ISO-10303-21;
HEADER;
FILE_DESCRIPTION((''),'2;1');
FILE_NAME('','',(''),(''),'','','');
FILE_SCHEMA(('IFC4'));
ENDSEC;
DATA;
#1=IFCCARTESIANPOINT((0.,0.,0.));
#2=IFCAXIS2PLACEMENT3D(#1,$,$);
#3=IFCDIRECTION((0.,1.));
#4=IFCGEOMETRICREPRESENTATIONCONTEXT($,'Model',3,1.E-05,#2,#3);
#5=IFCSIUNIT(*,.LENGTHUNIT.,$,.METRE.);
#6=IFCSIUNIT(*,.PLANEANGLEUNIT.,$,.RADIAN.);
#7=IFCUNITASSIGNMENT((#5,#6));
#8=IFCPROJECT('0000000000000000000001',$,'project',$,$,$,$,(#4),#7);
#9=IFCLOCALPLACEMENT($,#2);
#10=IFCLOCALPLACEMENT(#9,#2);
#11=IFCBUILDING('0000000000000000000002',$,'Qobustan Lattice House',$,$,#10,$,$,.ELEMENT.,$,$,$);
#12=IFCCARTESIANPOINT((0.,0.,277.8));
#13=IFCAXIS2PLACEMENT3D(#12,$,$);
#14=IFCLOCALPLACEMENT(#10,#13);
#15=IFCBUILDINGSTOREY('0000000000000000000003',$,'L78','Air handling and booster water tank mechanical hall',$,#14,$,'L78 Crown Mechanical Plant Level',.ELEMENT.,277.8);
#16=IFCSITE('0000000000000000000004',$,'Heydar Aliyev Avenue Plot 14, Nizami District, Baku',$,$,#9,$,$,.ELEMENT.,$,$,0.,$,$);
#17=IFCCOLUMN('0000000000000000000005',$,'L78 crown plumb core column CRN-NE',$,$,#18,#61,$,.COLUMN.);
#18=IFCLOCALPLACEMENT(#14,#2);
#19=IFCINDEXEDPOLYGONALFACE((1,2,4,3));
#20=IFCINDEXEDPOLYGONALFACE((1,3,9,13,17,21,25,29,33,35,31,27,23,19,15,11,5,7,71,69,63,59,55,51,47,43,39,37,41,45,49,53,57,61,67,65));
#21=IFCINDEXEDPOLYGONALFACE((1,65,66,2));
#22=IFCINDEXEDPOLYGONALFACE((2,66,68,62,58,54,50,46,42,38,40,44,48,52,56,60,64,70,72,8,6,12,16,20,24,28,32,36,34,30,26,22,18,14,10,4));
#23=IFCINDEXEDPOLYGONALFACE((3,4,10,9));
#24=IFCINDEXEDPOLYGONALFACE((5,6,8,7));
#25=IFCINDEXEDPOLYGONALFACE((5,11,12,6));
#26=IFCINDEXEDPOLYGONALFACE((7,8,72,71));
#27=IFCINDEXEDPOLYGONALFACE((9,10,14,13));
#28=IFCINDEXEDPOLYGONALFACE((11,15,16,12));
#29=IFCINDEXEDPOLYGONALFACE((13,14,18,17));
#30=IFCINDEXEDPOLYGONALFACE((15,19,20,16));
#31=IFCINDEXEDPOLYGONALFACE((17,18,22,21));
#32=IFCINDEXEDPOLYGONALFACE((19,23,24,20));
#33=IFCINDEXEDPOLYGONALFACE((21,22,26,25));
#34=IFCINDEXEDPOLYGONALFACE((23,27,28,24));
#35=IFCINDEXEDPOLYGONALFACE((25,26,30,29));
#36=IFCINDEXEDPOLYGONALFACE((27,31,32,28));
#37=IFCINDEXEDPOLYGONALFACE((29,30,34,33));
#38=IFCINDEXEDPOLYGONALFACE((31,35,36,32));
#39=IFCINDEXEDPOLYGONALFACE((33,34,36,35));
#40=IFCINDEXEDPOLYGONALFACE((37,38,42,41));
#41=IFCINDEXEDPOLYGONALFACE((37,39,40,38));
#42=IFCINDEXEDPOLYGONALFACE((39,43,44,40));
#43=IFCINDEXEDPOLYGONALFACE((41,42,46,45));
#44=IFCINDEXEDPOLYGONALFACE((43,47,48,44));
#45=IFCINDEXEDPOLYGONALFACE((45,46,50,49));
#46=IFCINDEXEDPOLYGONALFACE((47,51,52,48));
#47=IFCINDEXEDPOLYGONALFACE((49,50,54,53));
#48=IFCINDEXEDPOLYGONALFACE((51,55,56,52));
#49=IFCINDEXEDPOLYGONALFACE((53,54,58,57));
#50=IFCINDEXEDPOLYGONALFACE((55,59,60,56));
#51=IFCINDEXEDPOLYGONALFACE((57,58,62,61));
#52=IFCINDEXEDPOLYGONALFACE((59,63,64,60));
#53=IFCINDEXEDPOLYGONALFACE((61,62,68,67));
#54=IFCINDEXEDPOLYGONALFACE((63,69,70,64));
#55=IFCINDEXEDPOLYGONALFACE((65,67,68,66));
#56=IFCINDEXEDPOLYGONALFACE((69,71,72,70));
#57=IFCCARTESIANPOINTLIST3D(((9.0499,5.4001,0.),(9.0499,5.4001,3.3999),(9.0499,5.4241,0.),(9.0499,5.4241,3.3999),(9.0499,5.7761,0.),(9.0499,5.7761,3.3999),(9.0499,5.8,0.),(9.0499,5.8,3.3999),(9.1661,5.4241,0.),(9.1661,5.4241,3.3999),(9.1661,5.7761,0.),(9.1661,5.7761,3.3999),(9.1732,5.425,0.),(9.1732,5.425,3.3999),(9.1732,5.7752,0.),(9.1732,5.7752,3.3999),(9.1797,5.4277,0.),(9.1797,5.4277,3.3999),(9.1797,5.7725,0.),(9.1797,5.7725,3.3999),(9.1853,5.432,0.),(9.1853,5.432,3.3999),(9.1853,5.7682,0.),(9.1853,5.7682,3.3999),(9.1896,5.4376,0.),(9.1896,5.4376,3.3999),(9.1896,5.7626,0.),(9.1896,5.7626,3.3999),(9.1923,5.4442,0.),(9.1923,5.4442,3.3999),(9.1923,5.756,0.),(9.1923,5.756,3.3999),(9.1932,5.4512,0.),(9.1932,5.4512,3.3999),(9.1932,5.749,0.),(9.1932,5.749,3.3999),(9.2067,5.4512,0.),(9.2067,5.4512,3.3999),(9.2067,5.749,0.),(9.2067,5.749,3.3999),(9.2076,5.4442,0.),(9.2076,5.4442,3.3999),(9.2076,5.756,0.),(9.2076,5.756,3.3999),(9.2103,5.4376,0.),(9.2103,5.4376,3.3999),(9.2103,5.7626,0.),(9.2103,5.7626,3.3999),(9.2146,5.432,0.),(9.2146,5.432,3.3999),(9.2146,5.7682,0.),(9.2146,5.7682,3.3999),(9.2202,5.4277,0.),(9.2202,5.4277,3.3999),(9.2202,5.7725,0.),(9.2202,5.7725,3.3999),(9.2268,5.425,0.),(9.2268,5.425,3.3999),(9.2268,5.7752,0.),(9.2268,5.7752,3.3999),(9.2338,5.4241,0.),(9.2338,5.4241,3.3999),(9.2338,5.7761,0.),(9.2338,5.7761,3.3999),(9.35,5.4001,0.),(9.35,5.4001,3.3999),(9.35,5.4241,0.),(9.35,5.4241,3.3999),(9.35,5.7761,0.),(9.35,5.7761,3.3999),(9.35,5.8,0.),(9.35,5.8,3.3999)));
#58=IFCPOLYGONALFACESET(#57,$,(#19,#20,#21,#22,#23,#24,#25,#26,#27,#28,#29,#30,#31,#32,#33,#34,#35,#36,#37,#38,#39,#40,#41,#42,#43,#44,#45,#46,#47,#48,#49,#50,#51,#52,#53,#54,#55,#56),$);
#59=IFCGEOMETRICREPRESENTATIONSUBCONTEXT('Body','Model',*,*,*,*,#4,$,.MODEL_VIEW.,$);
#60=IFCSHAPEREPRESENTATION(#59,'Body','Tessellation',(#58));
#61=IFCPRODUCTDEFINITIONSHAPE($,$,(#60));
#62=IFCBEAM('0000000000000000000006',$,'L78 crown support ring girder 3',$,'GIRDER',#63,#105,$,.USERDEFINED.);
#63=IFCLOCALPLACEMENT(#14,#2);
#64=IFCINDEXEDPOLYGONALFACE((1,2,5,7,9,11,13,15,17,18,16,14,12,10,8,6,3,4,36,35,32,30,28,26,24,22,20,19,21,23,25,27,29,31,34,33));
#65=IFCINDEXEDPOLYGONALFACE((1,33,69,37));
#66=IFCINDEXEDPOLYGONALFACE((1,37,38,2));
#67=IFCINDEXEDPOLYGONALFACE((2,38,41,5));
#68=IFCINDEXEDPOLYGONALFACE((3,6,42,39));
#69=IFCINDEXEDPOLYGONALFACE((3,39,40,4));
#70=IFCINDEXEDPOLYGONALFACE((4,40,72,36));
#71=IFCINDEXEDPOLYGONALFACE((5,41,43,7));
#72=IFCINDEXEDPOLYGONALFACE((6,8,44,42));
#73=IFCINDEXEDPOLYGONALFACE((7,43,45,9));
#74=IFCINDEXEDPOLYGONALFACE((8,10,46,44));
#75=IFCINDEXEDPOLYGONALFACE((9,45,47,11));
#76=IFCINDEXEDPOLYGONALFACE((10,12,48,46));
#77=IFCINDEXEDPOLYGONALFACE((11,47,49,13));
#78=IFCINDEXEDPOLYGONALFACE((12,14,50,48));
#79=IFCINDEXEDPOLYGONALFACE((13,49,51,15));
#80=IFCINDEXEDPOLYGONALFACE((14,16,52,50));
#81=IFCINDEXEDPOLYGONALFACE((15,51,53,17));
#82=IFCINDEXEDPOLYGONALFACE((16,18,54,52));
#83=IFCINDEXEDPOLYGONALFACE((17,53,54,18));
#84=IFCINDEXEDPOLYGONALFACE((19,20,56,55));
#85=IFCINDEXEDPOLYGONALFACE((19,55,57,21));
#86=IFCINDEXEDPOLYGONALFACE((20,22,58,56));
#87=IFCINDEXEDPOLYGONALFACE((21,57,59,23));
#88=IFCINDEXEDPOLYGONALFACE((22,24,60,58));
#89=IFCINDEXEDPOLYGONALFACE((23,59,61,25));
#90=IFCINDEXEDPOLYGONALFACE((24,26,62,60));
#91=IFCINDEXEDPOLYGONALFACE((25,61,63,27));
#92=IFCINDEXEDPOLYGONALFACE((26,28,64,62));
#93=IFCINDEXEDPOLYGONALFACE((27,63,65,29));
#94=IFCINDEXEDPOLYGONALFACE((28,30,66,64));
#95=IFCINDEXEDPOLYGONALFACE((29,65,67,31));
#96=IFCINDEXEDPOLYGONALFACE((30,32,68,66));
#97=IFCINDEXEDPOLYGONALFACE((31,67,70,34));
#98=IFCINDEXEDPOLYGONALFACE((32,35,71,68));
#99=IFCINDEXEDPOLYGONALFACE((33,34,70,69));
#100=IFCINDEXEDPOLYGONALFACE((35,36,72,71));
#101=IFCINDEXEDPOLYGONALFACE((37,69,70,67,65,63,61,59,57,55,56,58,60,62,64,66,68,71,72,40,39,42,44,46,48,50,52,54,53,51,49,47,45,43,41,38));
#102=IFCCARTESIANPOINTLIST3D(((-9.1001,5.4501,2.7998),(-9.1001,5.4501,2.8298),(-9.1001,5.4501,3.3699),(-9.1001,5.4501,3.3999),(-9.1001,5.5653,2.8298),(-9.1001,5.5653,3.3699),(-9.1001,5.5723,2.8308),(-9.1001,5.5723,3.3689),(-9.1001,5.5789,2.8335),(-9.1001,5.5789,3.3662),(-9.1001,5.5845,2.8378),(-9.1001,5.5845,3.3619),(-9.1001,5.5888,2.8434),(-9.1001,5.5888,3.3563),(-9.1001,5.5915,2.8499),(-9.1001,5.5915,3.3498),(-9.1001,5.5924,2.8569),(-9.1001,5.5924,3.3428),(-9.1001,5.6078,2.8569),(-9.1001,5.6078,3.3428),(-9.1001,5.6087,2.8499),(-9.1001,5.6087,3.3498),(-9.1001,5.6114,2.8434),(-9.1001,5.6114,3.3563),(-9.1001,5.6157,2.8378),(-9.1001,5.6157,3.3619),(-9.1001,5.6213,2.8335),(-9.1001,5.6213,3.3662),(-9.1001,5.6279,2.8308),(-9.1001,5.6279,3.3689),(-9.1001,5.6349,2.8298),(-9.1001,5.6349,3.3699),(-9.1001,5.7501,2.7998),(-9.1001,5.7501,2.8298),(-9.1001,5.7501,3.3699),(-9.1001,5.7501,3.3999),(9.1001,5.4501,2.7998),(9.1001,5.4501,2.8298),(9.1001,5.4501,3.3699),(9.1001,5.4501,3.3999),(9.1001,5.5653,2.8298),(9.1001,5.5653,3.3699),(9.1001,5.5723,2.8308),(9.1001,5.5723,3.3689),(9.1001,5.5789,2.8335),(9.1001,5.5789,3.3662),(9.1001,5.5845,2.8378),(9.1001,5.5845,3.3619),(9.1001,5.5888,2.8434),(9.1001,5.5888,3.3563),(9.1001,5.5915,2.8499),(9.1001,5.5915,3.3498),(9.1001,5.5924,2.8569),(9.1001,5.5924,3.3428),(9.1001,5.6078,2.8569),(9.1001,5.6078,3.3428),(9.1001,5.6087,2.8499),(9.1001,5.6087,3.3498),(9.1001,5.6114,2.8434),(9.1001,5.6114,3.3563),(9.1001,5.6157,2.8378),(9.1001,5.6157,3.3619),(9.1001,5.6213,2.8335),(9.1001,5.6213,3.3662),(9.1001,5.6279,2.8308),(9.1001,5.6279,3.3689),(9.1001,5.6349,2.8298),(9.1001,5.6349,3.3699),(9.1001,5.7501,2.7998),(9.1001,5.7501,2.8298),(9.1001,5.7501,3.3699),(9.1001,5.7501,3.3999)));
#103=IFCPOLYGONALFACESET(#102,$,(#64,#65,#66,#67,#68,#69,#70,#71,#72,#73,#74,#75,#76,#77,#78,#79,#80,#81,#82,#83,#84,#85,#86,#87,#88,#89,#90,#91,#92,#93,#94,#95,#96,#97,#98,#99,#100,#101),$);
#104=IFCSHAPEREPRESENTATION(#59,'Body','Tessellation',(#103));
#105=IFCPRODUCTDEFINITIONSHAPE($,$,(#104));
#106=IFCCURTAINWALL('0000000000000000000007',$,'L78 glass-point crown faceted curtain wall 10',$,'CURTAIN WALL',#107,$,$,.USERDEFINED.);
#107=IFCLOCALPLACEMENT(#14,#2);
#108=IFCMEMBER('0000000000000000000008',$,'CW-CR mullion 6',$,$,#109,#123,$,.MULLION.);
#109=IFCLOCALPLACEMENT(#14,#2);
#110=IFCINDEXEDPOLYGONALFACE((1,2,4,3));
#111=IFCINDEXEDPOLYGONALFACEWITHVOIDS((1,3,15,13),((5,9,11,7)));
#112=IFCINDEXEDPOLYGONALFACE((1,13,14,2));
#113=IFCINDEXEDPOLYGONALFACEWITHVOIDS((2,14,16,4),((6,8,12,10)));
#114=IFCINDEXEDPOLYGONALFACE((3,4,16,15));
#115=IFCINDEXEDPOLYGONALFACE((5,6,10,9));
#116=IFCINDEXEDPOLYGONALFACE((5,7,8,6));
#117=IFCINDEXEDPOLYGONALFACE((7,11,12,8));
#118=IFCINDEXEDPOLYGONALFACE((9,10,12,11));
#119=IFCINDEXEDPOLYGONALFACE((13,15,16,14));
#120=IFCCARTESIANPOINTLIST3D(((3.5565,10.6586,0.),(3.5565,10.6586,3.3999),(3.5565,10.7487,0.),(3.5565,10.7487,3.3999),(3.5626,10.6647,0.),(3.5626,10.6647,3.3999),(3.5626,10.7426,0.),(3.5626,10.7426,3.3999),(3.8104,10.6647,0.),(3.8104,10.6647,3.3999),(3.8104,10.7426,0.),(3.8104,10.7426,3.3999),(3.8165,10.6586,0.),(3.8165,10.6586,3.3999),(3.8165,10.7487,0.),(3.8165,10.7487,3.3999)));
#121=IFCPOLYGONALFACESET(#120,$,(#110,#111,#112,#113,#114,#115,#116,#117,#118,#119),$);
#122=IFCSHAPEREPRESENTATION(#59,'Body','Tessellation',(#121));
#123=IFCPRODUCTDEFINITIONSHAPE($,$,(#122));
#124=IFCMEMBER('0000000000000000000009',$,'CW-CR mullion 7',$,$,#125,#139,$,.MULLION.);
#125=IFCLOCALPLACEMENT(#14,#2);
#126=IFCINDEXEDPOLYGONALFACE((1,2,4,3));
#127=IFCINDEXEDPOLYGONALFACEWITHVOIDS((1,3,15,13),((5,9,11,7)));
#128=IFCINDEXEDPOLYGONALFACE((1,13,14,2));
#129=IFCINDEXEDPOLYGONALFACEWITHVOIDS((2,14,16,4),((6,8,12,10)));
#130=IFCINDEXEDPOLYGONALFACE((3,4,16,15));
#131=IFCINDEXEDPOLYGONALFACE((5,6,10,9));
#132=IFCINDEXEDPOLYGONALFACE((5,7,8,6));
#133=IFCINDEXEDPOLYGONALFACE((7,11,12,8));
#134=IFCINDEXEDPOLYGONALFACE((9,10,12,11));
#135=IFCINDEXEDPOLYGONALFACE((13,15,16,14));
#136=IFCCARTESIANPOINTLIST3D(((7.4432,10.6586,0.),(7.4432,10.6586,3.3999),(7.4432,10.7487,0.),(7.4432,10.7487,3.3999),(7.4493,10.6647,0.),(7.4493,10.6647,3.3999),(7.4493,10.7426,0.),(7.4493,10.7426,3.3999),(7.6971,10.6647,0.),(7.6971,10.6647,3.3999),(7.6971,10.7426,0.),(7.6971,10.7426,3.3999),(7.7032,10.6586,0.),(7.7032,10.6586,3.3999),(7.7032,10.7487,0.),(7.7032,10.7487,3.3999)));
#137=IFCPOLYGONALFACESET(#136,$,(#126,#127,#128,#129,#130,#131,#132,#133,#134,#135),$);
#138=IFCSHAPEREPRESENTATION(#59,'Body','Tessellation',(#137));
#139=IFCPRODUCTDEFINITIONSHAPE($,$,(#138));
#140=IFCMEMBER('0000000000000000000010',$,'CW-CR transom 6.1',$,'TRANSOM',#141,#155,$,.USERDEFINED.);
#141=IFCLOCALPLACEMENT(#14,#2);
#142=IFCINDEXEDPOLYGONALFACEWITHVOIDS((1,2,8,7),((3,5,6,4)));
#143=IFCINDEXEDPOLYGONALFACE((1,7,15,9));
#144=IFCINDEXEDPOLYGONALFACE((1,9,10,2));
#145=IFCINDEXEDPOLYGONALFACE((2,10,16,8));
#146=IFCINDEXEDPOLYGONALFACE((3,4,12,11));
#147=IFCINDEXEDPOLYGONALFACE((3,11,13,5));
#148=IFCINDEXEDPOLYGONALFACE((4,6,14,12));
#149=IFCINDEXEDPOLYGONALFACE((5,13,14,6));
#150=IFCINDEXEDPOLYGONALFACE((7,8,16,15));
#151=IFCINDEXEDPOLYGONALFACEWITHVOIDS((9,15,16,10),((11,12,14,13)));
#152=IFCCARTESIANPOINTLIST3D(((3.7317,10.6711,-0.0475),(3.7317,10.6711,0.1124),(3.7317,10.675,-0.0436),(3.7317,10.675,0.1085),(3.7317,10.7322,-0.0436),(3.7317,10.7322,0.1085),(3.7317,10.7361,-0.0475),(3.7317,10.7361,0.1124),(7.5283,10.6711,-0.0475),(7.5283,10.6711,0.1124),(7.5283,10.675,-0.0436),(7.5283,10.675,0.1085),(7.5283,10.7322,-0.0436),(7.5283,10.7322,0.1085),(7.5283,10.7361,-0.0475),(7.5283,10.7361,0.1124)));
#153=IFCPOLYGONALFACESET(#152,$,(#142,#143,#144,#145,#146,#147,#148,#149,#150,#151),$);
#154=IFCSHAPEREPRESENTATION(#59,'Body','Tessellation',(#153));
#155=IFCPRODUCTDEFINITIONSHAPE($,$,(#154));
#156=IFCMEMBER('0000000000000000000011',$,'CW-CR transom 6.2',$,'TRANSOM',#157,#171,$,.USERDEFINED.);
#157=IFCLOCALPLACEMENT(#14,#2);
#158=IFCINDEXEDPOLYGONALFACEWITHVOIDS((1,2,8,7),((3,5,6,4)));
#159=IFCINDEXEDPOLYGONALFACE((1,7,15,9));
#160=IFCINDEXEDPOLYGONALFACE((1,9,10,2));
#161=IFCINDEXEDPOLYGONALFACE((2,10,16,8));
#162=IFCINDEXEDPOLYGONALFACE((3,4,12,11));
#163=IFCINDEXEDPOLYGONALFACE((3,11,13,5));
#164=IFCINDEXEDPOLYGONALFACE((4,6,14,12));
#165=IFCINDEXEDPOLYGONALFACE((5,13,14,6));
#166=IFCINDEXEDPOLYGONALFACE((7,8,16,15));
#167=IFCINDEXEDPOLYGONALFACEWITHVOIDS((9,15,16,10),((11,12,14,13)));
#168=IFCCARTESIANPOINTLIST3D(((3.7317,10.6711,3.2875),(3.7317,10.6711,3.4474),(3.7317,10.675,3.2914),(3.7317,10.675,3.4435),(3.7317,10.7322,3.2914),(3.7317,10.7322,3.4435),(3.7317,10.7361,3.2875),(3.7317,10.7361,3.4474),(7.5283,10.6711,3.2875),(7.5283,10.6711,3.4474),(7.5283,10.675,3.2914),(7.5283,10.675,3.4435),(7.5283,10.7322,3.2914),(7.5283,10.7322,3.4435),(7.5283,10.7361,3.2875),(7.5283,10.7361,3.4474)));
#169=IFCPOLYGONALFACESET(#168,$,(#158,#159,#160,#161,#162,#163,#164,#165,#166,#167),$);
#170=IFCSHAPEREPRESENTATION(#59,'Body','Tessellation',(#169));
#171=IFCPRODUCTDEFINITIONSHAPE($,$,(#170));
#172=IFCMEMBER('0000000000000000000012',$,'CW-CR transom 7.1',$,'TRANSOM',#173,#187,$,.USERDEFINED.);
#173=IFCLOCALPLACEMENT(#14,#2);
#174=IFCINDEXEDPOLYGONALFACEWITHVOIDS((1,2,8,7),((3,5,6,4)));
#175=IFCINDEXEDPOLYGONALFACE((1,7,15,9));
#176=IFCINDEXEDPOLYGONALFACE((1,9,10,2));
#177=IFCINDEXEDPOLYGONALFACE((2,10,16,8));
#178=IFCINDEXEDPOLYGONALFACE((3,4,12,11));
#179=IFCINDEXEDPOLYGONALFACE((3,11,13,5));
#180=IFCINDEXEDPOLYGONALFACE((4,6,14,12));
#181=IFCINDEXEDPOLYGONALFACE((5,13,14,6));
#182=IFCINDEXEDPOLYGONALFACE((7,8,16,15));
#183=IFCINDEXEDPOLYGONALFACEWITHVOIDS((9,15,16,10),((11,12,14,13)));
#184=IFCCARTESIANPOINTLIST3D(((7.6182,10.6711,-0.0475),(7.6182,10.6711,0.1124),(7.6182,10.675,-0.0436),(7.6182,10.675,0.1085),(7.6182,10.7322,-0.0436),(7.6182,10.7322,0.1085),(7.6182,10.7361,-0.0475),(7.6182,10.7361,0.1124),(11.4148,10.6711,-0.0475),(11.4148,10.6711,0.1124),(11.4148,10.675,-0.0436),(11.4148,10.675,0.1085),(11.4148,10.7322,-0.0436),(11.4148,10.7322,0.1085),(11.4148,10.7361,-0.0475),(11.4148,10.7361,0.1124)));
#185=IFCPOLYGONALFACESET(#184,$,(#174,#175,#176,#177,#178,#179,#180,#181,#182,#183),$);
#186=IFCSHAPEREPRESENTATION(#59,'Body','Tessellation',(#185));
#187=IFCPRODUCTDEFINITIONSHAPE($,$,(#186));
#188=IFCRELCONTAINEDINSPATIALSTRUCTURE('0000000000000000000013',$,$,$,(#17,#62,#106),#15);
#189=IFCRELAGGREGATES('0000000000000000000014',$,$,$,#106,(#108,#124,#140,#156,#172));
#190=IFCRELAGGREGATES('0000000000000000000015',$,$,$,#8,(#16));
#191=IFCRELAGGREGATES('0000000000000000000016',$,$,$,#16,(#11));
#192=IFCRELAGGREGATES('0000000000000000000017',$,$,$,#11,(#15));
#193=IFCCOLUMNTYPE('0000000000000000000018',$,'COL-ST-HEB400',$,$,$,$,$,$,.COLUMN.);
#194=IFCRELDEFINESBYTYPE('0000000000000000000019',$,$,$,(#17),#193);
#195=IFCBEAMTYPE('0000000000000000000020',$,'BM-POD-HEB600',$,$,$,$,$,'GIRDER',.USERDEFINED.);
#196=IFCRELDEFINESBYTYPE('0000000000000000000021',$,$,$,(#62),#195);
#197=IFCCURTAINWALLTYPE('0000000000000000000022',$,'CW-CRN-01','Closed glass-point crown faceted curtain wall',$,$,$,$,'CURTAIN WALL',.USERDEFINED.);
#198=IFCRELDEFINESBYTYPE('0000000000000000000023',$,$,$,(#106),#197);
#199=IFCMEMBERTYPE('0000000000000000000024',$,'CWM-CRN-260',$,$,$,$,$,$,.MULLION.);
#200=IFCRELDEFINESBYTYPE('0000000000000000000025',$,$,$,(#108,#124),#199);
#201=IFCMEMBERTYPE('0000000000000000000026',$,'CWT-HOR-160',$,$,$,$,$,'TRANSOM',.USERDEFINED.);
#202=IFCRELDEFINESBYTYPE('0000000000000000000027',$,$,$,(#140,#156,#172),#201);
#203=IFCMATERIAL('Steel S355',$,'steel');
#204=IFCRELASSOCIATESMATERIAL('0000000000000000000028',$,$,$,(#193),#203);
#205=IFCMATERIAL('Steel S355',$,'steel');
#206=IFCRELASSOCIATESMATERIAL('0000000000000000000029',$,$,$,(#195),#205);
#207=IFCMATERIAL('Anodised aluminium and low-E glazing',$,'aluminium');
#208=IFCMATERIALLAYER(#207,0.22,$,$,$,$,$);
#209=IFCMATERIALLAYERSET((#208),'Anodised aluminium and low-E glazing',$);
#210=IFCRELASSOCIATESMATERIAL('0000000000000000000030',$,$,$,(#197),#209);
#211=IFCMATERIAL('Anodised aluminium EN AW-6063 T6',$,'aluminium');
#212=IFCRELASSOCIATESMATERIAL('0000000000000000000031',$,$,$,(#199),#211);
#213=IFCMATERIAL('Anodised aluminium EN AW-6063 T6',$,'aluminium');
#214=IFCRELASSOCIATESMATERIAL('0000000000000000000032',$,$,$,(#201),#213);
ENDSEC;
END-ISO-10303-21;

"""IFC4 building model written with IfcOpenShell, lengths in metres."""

from ifc_helpers import new_model, si_unit, direction, frame, origin, origin_2d, place, context, subcontext, project, spatial, hollow_rectangle, i_section, extrude, material, layer, layer_set, material_profile, profile_set, type_object, element, aggregate, save


model = new_model("IFC4")

# Units and contexts
model_context = context("Model", 3, precision=1e-05, world=origin(), true_north=direction((0.0, 1.0)))
body_context = subcontext(model_context, "Body", "Model", "MODEL_VIEW")
ifc_project = project(units=[si_unit("LENGTHUNIT", "METRE"), si_unit("PLANEANGLEUNIT", "RADIAN")], contexts=[model_context])

# Site, building, storey
site_placement = place(None, origin())
site = spatial("IfcSite", under=ifc_project, at=site_placement, Name="Heydar Aliyev Avenue Plot 14, Nizami District, Baku", CompositionType="ELEMENT", RefElevation=0.0)
building_placement = place(site_placement, origin())
building = spatial("IfcBuilding", under=site, at=building_placement, Name="Qobustan Lattice House", CompositionType="ELEMENT")
storey_placement = place(building_placement, frame((0.0, 0.0, 277.8)))
storey = spatial("IfcBuildingStorey", under=building, at=storey_placement, Name="L78", Description="Air handling and booster water tank mechanical hall", LongName="L78 Crown Mechanical Plant Level", CompositionType="ELEMENT", Elevation=277.8)

# Column
ifc_material_1 = material(Name="Steel S355", Category="steel")
ifc_material_profile_1 = material_profile(ifc_material_1, i_section(OverallWidth=0.3, OverallDepth=0.3999, WebThickness=0.0134, FlangeThickness=0.0239, FilletRadius=0.0271, at=origin_2d()), Name="HEB400")
ifc_profile_set_1 = profile_set([ifc_material_profile_1], Name="Steel S355")
column_type = type_object("IfcColumnType", Name="COL-ST-HEB400", PredefinedType="COLUMN", material=ifc_profile_set_1)
column_placement = place(storey_placement, frame((9.2, 5.6001, 0.0), z_axis=(0.0, 0.0, 1.0), x_axis=(1.0, 0.0, 0.0)))
element("IfcColumn", 1, at=column_placement, inside=storey, type_object=column_type, Name="L78 crown plumb core column CRN-NE", PredefinedType="COLUMN", context=body_context, shape_type="SweptSolid", body=[
    extrude(i_section(OverallWidth=0.3, OverallDepth=0.3999, WebThickness=0.0134, FlangeThickness=0.0239, FilletRadius=0.0271, at=origin_2d()), origin(), (0.0, 0.0, 1.0), 3.3999),
])

# Beam
ifc_material_2 = material(Name="Steel S355", Category="steel")
ifc_material_profile_2 = material_profile(ifc_material_2, i_section(OverallWidth=0.3, OverallDepth=0.6001, WebThickness=0.0154, FlangeThickness=0.03, FilletRadius=0.0271, at=origin_2d()), Name="HEB600")
ifc_profile_set_2 = profile_set([ifc_material_profile_2], Name="Steel S355")
beam_type = type_object("IfcBeamType", Name="BM-POD-HEB600", ElementType="GIRDER", PredefinedType="USERDEFINED", material=ifc_profile_set_2)
beam_placement = place(storey_placement, frame((9.1001, 5.6001, 3.0999), z_axis=(-1.0, 0.0, 0.0), x_axis=(0.0, -1.0, 0.0)))
element("IfcBeam", 2, at=beam_placement, inside=storey, type_object=beam_type, Name="L78 crown support ring girder 3", ObjectType="GIRDER", PredefinedType="USERDEFINED", context=body_context, shape_type="SweptSolid", body=[
    extrude(i_section(OverallWidth=0.3, OverallDepth=0.6001, WebThickness=0.0154, FlangeThickness=0.03, FilletRadius=0.0271, at=origin_2d()), origin(), (0.0, 0.0, 1.0), 18.2002),
])

# Curtain wall, members
ifc_material_3 = material(Name="Anodised aluminium and low-E glazing", Category="aluminium")
ifc_layer_1 = layer(ifc_material_3, 0.22)
ifc_layer_set_1 = layer_set([ifc_layer_1], Name="Anodised aluminium and low-E glazing")
curtain_wall_type = type_object("IfcCurtainWallType", Name="CW-CRN-01", Description="Closed glass-point crown faceted curtain wall", ElementType="CURTAIN WALL", PredefinedType="USERDEFINED", material=ifc_layer_set_1)
curtain_wall_placement = place(storey_placement, origin())
curtain_wall = element("IfcCurtainWall", 3, at=curtain_wall_placement, inside=storey, type_object=curtain_wall_type, Name="L78 glass-point crown faceted curtain wall 10", ObjectType="CURTAIN WALL", PredefinedType="USERDEFINED")
ifc_material_4 = material(Name="Anodised aluminium EN AW-6063 T6", Category="aluminium")
ifc_material_profile_3 = material_profile(ifc_material_4, hollow_rectangle(XDim=0.0901, YDim=0.26, WallThickness=0.0061, at=origin_2d()), Name="CWM-CROWN-260x90")
ifc_profile_set_3 = profile_set([ifc_material_profile_3], Name="Anodised aluminium EN AW-6063 T6")
member_type_1 = type_object("IfcMemberType", Name="CWM-CRN-260", PredefinedType="MULLION", material=ifc_profile_set_3)
member_1_placement = place(storey_placement, frame((3.6865, 10.7036, 0.0), z_axis=(0.0, 0.0, 1.0), x_axis=(0.0, 1.0, 0.0)))
member_1 = element("IfcMember", 4, at=member_1_placement, type_object=member_type_1, Name="CW-CR mullion 6", PredefinedType="MULLION", context=body_context, shape_type="SweptSolid", body=[
    extrude(hollow_rectangle(XDim=0.0901, YDim=0.26, WallThickness=0.0061, at=origin_2d()), origin(), (0.0, 0.0, 1.0), 3.3999),
])
member_2_placement = place(storey_placement, frame((7.5732, 10.7036, 0.0), z_axis=(0.0, 0.0, 1.0), x_axis=(0.0, 1.0, 0.0)))
member_2 = element("IfcMember", 5, at=member_2_placement, type_object=member_type_1, Name="CW-CR mullion 7", PredefinedType="MULLION", context=body_context, shape_type="SweptSolid", body=[
    extrude(hollow_rectangle(XDim=0.0901, YDim=0.26, WallThickness=0.0061, at=origin_2d()), origin(), (0.0, 0.0, 1.0), 3.3999),
])
ifc_material_5 = material(Name="Anodised aluminium EN AW-6063 T6", Category="aluminium")
ifc_material_profile_4 = material_profile(ifc_material_5, hollow_rectangle(XDim=0.0649, YDim=0.1599, WallThickness=0.0039, at=origin_2d()), Name="CWT-160x65")
ifc_profile_set_4 = profile_set([ifc_material_profile_4], Name="Anodised aluminium EN AW-6063 T6")
member_type_2 = type_object("IfcMemberType", Name="CWT-HOR-160", ElementType="TRANSOM", PredefinedType="USERDEFINED", material=ifc_profile_set_4)
member_3_placement = place(storey_placement, frame((3.7317, 10.7036, 0.0325), z_axis=(1.0, 0.0, 0.0), x_axis=(0.0, 1.0, 0.0)))
member_3 = element("IfcMember", 6, at=member_3_placement, type_object=member_type_2, Name="CW-CR transom 6.1", ObjectType="TRANSOM", PredefinedType="USERDEFINED", context=body_context, shape_type="SweptSolid", body=[
    extrude(hollow_rectangle(XDim=0.0649, YDim=0.1599, WallThickness=0.0039, at=origin_2d()), origin(), (0.0, 0.0, 1.0), 3.7966),
])
member_4_placement = place(storey_placement, frame((3.7317, 10.7036, 3.3674), z_axis=(1.0, 0.0, 0.0), x_axis=(0.0, 1.0, 0.0)))
member_4 = element("IfcMember", 7, at=member_4_placement, type_object=member_type_2, Name="CW-CR transom 6.2", ObjectType="TRANSOM", PredefinedType="USERDEFINED", context=body_context, shape_type="SweptSolid", body=[
    extrude(hollow_rectangle(XDim=0.0649, YDim=0.1599, WallThickness=0.0039, at=origin_2d()), origin(), (0.0, 0.0, 1.0), 3.7966),
])
member_5_placement = place(storey_placement, frame((7.6182, 10.7036, 0.0325), z_axis=(1.0, 0.0, 0.0), x_axis=(0.0, 1.0, 0.0)))
member_5 = element("IfcMember", 8, at=member_5_placement, type_object=member_type_2, Name="CW-CR transom 7.1", ObjectType="TRANSOM", PredefinedType="USERDEFINED", context=body_context, shape_type="SweptSolid", body=[
    extrude(hollow_rectangle(XDim=0.0649, YDim=0.1599, WallThickness=0.0039, at=origin_2d()), origin(), (0.0, 0.0, 1.0), 3.7966),
])

aggregate(curtain_wall, [member_1, member_2, member_3, member_4, member_5])

save(model, "model.ifc")
